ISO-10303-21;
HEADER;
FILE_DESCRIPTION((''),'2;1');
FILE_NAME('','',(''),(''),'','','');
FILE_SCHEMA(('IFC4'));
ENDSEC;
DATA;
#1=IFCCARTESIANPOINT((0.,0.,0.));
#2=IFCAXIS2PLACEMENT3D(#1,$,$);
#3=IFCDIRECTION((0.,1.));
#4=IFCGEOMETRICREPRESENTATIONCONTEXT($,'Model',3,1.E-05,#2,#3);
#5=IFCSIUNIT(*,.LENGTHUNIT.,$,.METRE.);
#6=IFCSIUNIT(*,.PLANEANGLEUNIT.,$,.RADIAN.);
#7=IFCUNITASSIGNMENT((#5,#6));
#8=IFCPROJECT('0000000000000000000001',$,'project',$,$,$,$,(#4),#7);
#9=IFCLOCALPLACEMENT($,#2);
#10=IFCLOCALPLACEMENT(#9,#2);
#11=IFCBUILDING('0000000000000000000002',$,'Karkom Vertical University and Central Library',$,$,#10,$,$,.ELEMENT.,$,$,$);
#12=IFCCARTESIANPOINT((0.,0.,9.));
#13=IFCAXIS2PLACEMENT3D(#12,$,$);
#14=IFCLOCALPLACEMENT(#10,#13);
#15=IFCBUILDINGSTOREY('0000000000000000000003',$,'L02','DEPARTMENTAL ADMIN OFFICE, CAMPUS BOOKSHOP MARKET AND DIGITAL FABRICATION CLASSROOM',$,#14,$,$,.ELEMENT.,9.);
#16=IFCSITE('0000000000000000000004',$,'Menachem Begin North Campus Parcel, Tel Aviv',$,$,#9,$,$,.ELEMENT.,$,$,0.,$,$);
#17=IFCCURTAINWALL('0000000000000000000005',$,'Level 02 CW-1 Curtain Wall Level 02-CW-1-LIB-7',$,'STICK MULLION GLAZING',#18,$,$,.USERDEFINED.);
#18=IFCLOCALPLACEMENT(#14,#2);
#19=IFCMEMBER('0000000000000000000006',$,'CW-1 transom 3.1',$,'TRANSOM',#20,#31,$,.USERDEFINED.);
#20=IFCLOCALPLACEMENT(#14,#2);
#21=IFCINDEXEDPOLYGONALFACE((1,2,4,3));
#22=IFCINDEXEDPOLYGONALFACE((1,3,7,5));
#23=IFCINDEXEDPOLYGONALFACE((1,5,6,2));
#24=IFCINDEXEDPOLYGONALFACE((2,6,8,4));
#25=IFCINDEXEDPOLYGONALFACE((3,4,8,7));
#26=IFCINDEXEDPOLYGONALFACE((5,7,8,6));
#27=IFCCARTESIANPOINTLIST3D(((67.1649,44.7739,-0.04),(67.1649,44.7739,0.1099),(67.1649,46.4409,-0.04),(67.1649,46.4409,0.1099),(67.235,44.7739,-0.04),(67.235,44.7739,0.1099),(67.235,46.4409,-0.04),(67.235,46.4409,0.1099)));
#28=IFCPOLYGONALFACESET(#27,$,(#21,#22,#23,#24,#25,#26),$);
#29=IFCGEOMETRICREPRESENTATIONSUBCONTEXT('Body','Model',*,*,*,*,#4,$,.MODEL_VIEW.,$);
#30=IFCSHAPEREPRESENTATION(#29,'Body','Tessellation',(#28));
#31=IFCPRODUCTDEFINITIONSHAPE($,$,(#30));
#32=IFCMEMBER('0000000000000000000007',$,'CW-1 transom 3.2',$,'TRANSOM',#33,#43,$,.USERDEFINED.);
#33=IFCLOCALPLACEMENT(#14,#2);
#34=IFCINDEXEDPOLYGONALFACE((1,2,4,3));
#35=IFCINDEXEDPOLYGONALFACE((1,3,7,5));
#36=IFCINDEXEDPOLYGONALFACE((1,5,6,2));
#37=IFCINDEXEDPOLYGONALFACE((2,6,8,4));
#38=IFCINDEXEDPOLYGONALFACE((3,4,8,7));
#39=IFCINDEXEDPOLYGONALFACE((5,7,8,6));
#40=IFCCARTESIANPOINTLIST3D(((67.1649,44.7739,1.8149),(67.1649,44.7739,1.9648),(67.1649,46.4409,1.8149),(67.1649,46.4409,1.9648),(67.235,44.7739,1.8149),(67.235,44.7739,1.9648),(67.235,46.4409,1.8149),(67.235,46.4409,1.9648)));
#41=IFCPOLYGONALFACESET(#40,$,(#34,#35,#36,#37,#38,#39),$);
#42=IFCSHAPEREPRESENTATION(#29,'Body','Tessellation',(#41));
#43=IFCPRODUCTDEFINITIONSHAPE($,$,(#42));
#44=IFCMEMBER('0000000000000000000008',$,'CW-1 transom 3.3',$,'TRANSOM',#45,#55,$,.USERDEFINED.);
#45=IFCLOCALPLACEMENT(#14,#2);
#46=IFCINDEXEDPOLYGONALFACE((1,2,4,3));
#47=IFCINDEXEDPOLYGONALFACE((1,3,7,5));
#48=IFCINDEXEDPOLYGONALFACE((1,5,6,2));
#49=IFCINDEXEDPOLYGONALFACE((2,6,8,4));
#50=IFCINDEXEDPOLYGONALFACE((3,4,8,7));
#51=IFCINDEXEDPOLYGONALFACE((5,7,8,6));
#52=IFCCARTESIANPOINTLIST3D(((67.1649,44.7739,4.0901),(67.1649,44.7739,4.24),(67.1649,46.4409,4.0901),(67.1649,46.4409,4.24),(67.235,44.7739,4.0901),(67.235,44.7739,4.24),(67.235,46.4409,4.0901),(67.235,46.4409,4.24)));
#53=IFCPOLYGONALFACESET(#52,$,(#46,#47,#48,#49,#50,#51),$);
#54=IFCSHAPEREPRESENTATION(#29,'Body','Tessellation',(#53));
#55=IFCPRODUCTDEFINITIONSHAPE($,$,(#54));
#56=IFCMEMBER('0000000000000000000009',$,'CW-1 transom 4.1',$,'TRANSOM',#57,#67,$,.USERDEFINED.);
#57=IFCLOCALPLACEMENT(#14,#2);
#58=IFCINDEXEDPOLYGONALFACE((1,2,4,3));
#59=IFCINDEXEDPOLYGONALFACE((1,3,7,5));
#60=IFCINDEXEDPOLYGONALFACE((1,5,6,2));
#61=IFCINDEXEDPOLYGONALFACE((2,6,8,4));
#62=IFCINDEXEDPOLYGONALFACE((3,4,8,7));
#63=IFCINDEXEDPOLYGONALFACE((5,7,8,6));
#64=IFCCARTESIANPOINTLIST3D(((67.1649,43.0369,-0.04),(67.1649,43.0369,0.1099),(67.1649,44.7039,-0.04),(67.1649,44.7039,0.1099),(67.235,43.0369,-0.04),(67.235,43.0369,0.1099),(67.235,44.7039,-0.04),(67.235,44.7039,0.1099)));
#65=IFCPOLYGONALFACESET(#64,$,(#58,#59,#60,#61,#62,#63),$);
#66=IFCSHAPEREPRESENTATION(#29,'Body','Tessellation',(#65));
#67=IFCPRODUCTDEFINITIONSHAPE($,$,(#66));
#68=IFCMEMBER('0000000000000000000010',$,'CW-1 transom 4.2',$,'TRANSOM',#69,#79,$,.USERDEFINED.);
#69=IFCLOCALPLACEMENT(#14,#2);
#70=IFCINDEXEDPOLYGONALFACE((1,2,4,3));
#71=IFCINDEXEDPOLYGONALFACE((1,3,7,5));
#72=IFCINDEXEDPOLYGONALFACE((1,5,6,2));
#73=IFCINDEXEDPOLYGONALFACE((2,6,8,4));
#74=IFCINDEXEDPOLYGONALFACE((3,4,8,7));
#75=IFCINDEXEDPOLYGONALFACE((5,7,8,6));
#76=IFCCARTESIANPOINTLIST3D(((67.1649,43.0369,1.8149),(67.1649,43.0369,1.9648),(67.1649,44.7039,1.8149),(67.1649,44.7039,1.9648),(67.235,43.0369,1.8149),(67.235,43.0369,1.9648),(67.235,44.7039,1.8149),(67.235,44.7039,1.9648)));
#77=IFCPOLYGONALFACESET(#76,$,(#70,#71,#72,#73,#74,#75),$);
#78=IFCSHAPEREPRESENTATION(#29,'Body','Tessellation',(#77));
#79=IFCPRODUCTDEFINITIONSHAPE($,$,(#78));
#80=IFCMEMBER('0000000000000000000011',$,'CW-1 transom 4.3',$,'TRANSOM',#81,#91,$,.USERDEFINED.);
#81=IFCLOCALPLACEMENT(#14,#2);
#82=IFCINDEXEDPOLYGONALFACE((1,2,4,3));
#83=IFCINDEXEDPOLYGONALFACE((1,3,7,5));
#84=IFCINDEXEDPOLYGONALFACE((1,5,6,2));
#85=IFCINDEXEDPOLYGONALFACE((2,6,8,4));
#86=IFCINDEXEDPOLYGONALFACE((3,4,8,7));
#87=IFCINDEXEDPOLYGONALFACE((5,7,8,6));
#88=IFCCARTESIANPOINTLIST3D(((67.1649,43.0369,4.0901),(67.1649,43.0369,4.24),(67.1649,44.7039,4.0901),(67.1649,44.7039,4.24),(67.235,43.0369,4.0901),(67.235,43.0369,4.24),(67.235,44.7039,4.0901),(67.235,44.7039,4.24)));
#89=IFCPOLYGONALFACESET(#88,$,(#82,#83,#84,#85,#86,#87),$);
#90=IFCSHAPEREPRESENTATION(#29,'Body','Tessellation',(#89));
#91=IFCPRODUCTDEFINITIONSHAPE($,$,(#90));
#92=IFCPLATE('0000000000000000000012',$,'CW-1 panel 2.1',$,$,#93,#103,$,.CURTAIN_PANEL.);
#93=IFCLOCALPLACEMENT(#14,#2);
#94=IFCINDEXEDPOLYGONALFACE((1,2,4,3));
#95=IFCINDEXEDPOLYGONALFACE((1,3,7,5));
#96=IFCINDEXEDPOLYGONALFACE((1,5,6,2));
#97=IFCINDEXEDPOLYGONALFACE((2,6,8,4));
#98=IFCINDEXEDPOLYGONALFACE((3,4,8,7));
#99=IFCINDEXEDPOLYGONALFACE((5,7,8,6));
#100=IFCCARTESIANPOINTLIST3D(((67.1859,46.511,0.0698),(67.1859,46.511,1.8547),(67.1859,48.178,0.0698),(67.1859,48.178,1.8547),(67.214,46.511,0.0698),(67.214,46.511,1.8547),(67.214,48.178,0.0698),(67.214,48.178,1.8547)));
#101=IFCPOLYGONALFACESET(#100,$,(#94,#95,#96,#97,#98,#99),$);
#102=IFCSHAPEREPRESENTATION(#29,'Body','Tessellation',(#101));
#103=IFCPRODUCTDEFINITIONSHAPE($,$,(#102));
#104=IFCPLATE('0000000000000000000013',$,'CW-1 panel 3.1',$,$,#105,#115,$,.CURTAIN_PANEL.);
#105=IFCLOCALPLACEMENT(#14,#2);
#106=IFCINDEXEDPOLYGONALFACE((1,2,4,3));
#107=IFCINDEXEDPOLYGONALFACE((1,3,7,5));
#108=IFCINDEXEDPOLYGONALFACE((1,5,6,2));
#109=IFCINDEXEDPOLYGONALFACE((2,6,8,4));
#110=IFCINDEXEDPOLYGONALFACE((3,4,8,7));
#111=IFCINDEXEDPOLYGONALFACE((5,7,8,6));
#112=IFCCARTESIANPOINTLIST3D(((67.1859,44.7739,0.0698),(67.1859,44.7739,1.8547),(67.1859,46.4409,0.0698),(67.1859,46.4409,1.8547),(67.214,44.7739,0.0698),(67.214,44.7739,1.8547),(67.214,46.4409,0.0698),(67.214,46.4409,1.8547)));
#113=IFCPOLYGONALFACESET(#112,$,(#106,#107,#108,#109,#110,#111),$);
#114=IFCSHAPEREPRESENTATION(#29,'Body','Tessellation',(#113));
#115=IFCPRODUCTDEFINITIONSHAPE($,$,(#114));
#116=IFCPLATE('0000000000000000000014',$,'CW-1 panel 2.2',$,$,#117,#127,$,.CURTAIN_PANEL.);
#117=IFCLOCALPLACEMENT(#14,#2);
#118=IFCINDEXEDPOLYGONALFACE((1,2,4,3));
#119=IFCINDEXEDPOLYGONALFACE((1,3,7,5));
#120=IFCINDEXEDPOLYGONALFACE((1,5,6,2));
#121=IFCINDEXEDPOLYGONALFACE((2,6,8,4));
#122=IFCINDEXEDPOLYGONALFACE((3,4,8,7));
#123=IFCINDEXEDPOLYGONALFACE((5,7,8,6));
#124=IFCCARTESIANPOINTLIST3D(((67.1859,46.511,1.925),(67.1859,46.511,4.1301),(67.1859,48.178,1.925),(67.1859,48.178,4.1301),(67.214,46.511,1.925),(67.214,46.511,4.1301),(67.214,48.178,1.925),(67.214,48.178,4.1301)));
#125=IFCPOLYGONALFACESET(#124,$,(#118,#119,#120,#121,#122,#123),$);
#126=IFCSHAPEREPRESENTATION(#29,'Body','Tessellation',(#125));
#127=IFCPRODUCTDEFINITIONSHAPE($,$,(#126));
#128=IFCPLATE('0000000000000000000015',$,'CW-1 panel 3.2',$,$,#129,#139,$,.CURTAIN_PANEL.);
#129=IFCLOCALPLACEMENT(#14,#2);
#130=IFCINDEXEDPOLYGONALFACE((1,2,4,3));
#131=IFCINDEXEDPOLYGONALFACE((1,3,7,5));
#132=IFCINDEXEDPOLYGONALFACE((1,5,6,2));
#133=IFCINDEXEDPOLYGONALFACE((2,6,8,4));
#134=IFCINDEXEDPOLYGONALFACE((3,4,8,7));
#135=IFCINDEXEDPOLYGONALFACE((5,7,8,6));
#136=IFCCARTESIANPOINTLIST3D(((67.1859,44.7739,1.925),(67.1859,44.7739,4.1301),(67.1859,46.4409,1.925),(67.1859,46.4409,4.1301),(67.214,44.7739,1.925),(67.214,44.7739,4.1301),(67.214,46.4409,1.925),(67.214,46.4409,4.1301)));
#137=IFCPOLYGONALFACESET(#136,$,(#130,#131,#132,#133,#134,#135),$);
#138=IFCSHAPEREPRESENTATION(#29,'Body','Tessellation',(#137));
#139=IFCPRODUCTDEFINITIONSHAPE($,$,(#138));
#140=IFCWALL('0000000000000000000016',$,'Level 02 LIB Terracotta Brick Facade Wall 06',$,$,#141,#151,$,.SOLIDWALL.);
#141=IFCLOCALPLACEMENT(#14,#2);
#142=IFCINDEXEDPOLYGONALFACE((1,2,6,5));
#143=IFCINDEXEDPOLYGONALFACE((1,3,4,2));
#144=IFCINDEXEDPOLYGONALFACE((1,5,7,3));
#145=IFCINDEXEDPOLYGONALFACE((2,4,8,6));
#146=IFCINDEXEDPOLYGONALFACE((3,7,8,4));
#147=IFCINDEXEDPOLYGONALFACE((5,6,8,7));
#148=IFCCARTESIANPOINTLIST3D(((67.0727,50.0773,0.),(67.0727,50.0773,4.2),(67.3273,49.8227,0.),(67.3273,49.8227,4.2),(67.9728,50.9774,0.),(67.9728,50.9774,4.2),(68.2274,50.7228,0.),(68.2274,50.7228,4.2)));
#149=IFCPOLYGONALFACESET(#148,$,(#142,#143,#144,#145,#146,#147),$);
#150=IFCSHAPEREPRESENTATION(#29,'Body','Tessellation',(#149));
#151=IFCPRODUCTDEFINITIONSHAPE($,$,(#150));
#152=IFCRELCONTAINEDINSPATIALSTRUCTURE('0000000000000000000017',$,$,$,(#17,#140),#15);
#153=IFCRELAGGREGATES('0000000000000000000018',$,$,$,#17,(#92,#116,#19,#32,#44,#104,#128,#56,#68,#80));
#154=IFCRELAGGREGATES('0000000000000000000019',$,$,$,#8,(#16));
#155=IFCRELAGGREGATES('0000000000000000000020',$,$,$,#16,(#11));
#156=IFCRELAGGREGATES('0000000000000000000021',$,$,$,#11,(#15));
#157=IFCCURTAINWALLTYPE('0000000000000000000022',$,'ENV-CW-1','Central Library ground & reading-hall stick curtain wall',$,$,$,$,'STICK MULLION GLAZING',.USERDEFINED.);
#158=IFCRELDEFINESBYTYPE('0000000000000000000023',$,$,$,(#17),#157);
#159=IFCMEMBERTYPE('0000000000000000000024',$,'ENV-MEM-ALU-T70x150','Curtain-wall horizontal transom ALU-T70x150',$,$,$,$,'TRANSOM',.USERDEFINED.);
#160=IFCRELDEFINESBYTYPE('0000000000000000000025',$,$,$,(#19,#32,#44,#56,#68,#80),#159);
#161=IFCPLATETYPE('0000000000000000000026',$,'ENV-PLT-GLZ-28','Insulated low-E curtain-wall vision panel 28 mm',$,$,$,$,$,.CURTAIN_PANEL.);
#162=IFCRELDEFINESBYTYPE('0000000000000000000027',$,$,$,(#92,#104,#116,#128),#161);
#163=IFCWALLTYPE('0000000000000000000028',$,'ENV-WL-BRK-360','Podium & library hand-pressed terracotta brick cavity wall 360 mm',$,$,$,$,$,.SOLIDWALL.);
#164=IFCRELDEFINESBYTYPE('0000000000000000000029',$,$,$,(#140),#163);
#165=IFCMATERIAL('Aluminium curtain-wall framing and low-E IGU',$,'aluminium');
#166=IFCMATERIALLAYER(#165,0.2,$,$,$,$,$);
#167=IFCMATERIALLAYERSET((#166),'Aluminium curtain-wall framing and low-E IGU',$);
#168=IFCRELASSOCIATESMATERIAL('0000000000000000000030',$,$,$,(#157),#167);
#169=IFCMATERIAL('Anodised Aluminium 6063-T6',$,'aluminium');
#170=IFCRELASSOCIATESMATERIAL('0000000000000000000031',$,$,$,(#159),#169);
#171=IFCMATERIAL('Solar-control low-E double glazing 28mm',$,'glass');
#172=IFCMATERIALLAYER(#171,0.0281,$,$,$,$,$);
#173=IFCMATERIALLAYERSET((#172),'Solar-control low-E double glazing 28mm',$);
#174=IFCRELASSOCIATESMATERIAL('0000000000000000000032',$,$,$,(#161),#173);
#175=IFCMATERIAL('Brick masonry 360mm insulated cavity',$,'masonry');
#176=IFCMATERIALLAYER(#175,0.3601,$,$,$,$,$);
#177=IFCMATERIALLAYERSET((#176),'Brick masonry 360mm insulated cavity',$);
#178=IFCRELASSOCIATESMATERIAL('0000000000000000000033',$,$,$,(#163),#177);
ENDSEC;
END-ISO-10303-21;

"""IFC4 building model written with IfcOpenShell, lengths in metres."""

from ifc_helpers import new_model, si_unit, direction, frame, frame_2d, origin, origin_with_axes, origin_2d, place, context, subcontext, project, spatial, rectangle, extrude, source, transform, mapped, material, layer, layer_set, material_profile, profile_set, type_object, element, aggregate, save


model = new_model("IFC4")

# Units and contexts
model_context = context("Model", 3, precision=1e-05, world=origin(), true_north=direction((0.0, 1.0)))
body_context = subcontext(model_context, "Body", "Model", "MODEL_VIEW")
ifc_project = project(units=[si_unit("LENGTHUNIT", "METRE"), si_unit("PLANEANGLEUNIT", "RADIAN")], contexts=[model_context])

# Site, building, storey
site_placement = place(None, origin())
site = spatial("IfcSite", under=ifc_project, at=site_placement, Name="Menachem Begin North Campus Parcel, Tel Aviv", CompositionType="ELEMENT", RefElevation=0.0)
building_placement = place(site_placement, origin())
building = spatial("IfcBuilding", under=site, at=building_placement, Name="Karkom Vertical University and Central Library", CompositionType="ELEMENT")
storey_placement = place(building_placement, frame((0.0, 0.0, 9.0)))
storey = spatial("IfcBuildingStorey", under=building, at=storey_placement, Name="L02", Description="DEPARTMENTAL ADMIN OFFICE, CAMPUS BOOKSHOP MARKET AND DIGITAL FABRICATION CLASSROOM", CompositionType="ELEMENT", Elevation=9.0)

# Curtain wall, members, plates
ifc_material_1 = material(Name="Aluminium curtain-wall framing and low-E IGU", Category="aluminium")
ifc_layer_1 = layer(ifc_material_1, 0.2)
ifc_layer_set_1 = layer_set([ifc_layer_1], Name="Aluminium curtain-wall framing and low-E IGU")
curtain_wall_type = type_object("IfcCurtainWallType", Name="ENV-CW-1", Description="Central Library ground & reading-hall stick curtain wall", ElementType="STICK MULLION GLAZING", PredefinedType="USERDEFINED", material=ifc_layer_set_1)
curtain_wall_placement = place(storey_placement, origin())
curtain_wall = element("IfcCurtainWall", 1, at=curtain_wall_placement, inside=storey, type_object=curtain_wall_type, Name="Level 02 CW-1 Curtain Wall Level 02-CW-1-LIB-7", ObjectType="STICK MULLION GLAZING", PredefinedType="USERDEFINED")
ifc_material_2 = material(Name="Anodised Aluminium 6063-T6", Category="aluminium")
ifc_material_profile_1 = material_profile(ifc_material_2, rectangle(XDim=0.0701, YDim=0.1499, at=origin_2d()), Name="ALU-T70x150")
ifc_profile_set_1 = profile_set([ifc_material_profile_1], Name="Anodised Aluminium 6063-T6")
member_type = type_object("IfcMemberType", Name="ENV-MEM-ALU-T70x150", Description="Curtain-wall horizontal transom ALU-T70x150", ElementType="TRANSOM", PredefinedType="USERDEFINED", material=ifc_profile_set_1)
shared_shape_1 = source(origin_with_axes(), body_context, "Body", "SweptSolid", [
    extrude(rectangle(XDim=0.0701, YDim=0.1499, at=origin_2d()), origin(), (0.0, 0.0, 1.0), 1.667),
])
member_1_placement = place(storey_placement, frame((67.2, 46.4409, 0.0349), z_axis=(0.0, -1.0, 0.0), x_axis=(1.0, 0.0, 0.0)))
member_1 = element("IfcMember", 2, at=member_1_placement, type_object=member_type, Name="CW-1 transom 3.1", ObjectType="TRANSOM", PredefinedType="USERDEFINED", context=body_context, shape_type="MappedRepresentation", body=[
    mapped(shared_shape_1, transform((0.0, 0.0, 0.0), scale=1.0)),
])
member_2_placement = place(storey_placement, frame((67.2, 46.4409, 1.8899), z_axis=(0.0, -1.0, 0.0), x_axis=(1.0, 0.0, 0.0)))
member_2 = element("IfcMember", 3, at=member_2_placement, type_object=member_type, Name="CW-1 transom 3.2", ObjectType="TRANSOM", PredefinedType="USERDEFINED", context=body_context, shape_type="MappedRepresentation", body=[
    mapped(shared_shape_1, transform((0.0, 0.0, 0.0), scale=1.0)),
])
member_3_placement = place(storey_placement, frame((67.2, 46.4409, 4.165), z_axis=(0.0, -1.0, 0.0), x_axis=(1.0, 0.0, 0.0)))
member_3 = element("IfcMember", 4, at=member_3_placement, type_object=member_type, Name="CW-1 transom 3.3", ObjectType="TRANSOM", PredefinedType="USERDEFINED", context=body_context, shape_type="MappedRepresentation", body=[
    mapped(shared_shape_1, transform((0.0, 0.0, 0.0), scale=1.0)),
])
member_4_placement = place(storey_placement, frame((67.2, 44.7039, 0.0349), z_axis=(0.0, -1.0, 0.0), x_axis=(1.0, 0.0, 0.0)))
member_4 = element("IfcMember", 5, at=member_4_placement, type_object=member_type, Name="CW-1 transom 4.1", ObjectType="TRANSOM", PredefinedType="USERDEFINED", context=body_context, shape_type="MappedRepresentation", body=[
    mapped(shared_shape_1, transform((0.0, 0.0, 0.0), scale=1.0)),
])
member_5_placement = place(storey_placement, frame((67.2, 44.7039, 1.8899), z_axis=(0.0, -1.0, 0.0), x_axis=(1.0, 0.0, 0.0)))
member_5 = element("IfcMember", 6, at=member_5_placement, type_object=member_type, Name="CW-1 transom 4.2", ObjectType="TRANSOM", PredefinedType="USERDEFINED", context=body_context, shape_type="MappedRepresentation", body=[
    mapped(shared_shape_1, transform((0.0, 0.0, 0.0), scale=1.0)),
])
member_6_placement = place(storey_placement, frame((67.2, 44.7039, 4.165), z_axis=(0.0, -1.0, 0.0), x_axis=(1.0, 0.0, 0.0)))
member_6 = element("IfcMember", 7, at=member_6_placement, type_object=member_type, Name="CW-1 transom 4.3", ObjectType="TRANSOM", PredefinedType="USERDEFINED", context=body_context, shape_type="MappedRepresentation", body=[
    mapped(shared_shape_1, transform((0.0, 0.0, 0.0), scale=1.0)),
])
ifc_material_3 = material(Name="Solar-control low-E double glazing 28mm", Category="glass")
ifc_layer_2 = layer(ifc_material_3, 0.0281)
ifc_layer_set_2 = layer_set([ifc_layer_2], Name="Solar-control low-E double glazing 28mm")
plate_type = type_object("IfcPlateType", Name="ENV-PLT-GLZ-28", Description="Insulated low-E curtain-wall vision panel 28 mm", PredefinedType="CURTAIN_PANEL", material=ifc_layer_set_2)
shared_shape_2 = source(origin_with_axes(), body_context, "Body", "SweptSolid", [
    extrude(rectangle(XDim=1.667, YDim=0.0281, at=origin_2d()), origin(), (0.0, 0.0, 1.0), 1.7849),
])
plate_1_placement = place(storey_placement, frame((67.2, 47.3445, 0.0698), z_axis=(0.0, 0.0, 1.0), x_axis=(0.0, -1.0, 0.0)))
plate_1 = element("IfcPlate", 8, at=plate_1_placement, type_object=plate_type, Name="CW-1 panel 2.1", PredefinedType="CURTAIN_PANEL", context=body_context, shape_type="MappedRepresentation", body=[
    mapped(shared_shape_2, transform((0.0, 0.0, 0.0), scale=1.0)),
])
plate_2_placement = place(storey_placement, frame((67.2, 45.6074, 0.0698), z_axis=(0.0, 0.0, 1.0), x_axis=(0.0, -1.0, 0.0)))
plate_2 = element("IfcPlate", 9, at=plate_2_placement, type_object=plate_type, Name="CW-1 panel 3.1", PredefinedType="CURTAIN_PANEL", context=body_context, shape_type="MappedRepresentation", body=[
    mapped(shared_shape_2, transform((0.0, 0.0, 0.0), scale=1.0)),
])
shared_shape_3 = source(origin_with_axes(), body_context, "Body", "SweptSolid", [
    extrude(rectangle(XDim=1.667, YDim=0.0281, at=origin_2d()), origin(), (0.0, 0.0, 1.0), 2.2051),
])
plate_3_placement = place(storey_placement, frame((67.2, 47.3445, 1.925), z_axis=(0.0, 0.0, 1.0), x_axis=(0.0, -1.0, 0.0)))
plate_3 = element("IfcPlate", 10, at=plate_3_placement, type_object=plate_type, Name="CW-1 panel 2.2", PredefinedType="CURTAIN_PANEL", context=body_context, shape_type="MappedRepresentation", body=[
    mapped(shared_shape_3, transform((0.0, 0.0, 0.0), scale=1.0)),
])
plate_4_placement = place(storey_placement, frame((67.2, 45.6074, 1.925), z_axis=(0.0, 0.0, 1.0), x_axis=(0.0, -1.0, 0.0)))
plate_4 = element("IfcPlate", 11, at=plate_4_placement, type_object=plate_type, Name="CW-1 panel 3.2", PredefinedType="CURTAIN_PANEL", context=body_context, shape_type="MappedRepresentation", body=[
    mapped(shared_shape_3, transform((0.0, 0.0, 0.0), scale=1.0)),
])
aggregate(curtain_wall, [plate_1, plate_3, member_1, member_2, member_3, plate_2, plate_4, member_4, member_5, member_6])

# Wall
ifc_material_4 = material(Name="Brick masonry 360mm insulated cavity", Category="masonry")
ifc_layer_3 = layer(ifc_material_4, 0.3601)
ifc_layer_set_3 = layer_set([ifc_layer_3], Name="Brick masonry 360mm insulated cavity")
wall_type_1 = type_object("IfcWallType", Name="ENV-WL-BRK-360", Description="Podium & library hand-pressed terracotta brick cavity wall 360 mm", PredefinedType="SOLIDWALL", material=ifc_layer_set_3)
wall_1_placement = place(storey_placement, frame((68.1001, 50.8501, 0.0), z_axis=(0.0, 0.0, 1.0), x_axis=(-0.707107, -0.707107, 0.0)))
element("IfcWall", 12, at=wall_1_placement, inside=storey, type_object=wall_type_1, Name="Level 02 LIB Terracotta Brick Facade Wall 06", PredefinedType="SOLIDWALL", context=body_context, shape_type="SweptSolid", body=[
    extrude(rectangle(XDim=1.2729, YDim=0.3601, at=frame_2d((0.6365, 0.0))), origin(), (0.0, 0.0, 1.0), 4.2),
])

save(model, "model.ifc")
